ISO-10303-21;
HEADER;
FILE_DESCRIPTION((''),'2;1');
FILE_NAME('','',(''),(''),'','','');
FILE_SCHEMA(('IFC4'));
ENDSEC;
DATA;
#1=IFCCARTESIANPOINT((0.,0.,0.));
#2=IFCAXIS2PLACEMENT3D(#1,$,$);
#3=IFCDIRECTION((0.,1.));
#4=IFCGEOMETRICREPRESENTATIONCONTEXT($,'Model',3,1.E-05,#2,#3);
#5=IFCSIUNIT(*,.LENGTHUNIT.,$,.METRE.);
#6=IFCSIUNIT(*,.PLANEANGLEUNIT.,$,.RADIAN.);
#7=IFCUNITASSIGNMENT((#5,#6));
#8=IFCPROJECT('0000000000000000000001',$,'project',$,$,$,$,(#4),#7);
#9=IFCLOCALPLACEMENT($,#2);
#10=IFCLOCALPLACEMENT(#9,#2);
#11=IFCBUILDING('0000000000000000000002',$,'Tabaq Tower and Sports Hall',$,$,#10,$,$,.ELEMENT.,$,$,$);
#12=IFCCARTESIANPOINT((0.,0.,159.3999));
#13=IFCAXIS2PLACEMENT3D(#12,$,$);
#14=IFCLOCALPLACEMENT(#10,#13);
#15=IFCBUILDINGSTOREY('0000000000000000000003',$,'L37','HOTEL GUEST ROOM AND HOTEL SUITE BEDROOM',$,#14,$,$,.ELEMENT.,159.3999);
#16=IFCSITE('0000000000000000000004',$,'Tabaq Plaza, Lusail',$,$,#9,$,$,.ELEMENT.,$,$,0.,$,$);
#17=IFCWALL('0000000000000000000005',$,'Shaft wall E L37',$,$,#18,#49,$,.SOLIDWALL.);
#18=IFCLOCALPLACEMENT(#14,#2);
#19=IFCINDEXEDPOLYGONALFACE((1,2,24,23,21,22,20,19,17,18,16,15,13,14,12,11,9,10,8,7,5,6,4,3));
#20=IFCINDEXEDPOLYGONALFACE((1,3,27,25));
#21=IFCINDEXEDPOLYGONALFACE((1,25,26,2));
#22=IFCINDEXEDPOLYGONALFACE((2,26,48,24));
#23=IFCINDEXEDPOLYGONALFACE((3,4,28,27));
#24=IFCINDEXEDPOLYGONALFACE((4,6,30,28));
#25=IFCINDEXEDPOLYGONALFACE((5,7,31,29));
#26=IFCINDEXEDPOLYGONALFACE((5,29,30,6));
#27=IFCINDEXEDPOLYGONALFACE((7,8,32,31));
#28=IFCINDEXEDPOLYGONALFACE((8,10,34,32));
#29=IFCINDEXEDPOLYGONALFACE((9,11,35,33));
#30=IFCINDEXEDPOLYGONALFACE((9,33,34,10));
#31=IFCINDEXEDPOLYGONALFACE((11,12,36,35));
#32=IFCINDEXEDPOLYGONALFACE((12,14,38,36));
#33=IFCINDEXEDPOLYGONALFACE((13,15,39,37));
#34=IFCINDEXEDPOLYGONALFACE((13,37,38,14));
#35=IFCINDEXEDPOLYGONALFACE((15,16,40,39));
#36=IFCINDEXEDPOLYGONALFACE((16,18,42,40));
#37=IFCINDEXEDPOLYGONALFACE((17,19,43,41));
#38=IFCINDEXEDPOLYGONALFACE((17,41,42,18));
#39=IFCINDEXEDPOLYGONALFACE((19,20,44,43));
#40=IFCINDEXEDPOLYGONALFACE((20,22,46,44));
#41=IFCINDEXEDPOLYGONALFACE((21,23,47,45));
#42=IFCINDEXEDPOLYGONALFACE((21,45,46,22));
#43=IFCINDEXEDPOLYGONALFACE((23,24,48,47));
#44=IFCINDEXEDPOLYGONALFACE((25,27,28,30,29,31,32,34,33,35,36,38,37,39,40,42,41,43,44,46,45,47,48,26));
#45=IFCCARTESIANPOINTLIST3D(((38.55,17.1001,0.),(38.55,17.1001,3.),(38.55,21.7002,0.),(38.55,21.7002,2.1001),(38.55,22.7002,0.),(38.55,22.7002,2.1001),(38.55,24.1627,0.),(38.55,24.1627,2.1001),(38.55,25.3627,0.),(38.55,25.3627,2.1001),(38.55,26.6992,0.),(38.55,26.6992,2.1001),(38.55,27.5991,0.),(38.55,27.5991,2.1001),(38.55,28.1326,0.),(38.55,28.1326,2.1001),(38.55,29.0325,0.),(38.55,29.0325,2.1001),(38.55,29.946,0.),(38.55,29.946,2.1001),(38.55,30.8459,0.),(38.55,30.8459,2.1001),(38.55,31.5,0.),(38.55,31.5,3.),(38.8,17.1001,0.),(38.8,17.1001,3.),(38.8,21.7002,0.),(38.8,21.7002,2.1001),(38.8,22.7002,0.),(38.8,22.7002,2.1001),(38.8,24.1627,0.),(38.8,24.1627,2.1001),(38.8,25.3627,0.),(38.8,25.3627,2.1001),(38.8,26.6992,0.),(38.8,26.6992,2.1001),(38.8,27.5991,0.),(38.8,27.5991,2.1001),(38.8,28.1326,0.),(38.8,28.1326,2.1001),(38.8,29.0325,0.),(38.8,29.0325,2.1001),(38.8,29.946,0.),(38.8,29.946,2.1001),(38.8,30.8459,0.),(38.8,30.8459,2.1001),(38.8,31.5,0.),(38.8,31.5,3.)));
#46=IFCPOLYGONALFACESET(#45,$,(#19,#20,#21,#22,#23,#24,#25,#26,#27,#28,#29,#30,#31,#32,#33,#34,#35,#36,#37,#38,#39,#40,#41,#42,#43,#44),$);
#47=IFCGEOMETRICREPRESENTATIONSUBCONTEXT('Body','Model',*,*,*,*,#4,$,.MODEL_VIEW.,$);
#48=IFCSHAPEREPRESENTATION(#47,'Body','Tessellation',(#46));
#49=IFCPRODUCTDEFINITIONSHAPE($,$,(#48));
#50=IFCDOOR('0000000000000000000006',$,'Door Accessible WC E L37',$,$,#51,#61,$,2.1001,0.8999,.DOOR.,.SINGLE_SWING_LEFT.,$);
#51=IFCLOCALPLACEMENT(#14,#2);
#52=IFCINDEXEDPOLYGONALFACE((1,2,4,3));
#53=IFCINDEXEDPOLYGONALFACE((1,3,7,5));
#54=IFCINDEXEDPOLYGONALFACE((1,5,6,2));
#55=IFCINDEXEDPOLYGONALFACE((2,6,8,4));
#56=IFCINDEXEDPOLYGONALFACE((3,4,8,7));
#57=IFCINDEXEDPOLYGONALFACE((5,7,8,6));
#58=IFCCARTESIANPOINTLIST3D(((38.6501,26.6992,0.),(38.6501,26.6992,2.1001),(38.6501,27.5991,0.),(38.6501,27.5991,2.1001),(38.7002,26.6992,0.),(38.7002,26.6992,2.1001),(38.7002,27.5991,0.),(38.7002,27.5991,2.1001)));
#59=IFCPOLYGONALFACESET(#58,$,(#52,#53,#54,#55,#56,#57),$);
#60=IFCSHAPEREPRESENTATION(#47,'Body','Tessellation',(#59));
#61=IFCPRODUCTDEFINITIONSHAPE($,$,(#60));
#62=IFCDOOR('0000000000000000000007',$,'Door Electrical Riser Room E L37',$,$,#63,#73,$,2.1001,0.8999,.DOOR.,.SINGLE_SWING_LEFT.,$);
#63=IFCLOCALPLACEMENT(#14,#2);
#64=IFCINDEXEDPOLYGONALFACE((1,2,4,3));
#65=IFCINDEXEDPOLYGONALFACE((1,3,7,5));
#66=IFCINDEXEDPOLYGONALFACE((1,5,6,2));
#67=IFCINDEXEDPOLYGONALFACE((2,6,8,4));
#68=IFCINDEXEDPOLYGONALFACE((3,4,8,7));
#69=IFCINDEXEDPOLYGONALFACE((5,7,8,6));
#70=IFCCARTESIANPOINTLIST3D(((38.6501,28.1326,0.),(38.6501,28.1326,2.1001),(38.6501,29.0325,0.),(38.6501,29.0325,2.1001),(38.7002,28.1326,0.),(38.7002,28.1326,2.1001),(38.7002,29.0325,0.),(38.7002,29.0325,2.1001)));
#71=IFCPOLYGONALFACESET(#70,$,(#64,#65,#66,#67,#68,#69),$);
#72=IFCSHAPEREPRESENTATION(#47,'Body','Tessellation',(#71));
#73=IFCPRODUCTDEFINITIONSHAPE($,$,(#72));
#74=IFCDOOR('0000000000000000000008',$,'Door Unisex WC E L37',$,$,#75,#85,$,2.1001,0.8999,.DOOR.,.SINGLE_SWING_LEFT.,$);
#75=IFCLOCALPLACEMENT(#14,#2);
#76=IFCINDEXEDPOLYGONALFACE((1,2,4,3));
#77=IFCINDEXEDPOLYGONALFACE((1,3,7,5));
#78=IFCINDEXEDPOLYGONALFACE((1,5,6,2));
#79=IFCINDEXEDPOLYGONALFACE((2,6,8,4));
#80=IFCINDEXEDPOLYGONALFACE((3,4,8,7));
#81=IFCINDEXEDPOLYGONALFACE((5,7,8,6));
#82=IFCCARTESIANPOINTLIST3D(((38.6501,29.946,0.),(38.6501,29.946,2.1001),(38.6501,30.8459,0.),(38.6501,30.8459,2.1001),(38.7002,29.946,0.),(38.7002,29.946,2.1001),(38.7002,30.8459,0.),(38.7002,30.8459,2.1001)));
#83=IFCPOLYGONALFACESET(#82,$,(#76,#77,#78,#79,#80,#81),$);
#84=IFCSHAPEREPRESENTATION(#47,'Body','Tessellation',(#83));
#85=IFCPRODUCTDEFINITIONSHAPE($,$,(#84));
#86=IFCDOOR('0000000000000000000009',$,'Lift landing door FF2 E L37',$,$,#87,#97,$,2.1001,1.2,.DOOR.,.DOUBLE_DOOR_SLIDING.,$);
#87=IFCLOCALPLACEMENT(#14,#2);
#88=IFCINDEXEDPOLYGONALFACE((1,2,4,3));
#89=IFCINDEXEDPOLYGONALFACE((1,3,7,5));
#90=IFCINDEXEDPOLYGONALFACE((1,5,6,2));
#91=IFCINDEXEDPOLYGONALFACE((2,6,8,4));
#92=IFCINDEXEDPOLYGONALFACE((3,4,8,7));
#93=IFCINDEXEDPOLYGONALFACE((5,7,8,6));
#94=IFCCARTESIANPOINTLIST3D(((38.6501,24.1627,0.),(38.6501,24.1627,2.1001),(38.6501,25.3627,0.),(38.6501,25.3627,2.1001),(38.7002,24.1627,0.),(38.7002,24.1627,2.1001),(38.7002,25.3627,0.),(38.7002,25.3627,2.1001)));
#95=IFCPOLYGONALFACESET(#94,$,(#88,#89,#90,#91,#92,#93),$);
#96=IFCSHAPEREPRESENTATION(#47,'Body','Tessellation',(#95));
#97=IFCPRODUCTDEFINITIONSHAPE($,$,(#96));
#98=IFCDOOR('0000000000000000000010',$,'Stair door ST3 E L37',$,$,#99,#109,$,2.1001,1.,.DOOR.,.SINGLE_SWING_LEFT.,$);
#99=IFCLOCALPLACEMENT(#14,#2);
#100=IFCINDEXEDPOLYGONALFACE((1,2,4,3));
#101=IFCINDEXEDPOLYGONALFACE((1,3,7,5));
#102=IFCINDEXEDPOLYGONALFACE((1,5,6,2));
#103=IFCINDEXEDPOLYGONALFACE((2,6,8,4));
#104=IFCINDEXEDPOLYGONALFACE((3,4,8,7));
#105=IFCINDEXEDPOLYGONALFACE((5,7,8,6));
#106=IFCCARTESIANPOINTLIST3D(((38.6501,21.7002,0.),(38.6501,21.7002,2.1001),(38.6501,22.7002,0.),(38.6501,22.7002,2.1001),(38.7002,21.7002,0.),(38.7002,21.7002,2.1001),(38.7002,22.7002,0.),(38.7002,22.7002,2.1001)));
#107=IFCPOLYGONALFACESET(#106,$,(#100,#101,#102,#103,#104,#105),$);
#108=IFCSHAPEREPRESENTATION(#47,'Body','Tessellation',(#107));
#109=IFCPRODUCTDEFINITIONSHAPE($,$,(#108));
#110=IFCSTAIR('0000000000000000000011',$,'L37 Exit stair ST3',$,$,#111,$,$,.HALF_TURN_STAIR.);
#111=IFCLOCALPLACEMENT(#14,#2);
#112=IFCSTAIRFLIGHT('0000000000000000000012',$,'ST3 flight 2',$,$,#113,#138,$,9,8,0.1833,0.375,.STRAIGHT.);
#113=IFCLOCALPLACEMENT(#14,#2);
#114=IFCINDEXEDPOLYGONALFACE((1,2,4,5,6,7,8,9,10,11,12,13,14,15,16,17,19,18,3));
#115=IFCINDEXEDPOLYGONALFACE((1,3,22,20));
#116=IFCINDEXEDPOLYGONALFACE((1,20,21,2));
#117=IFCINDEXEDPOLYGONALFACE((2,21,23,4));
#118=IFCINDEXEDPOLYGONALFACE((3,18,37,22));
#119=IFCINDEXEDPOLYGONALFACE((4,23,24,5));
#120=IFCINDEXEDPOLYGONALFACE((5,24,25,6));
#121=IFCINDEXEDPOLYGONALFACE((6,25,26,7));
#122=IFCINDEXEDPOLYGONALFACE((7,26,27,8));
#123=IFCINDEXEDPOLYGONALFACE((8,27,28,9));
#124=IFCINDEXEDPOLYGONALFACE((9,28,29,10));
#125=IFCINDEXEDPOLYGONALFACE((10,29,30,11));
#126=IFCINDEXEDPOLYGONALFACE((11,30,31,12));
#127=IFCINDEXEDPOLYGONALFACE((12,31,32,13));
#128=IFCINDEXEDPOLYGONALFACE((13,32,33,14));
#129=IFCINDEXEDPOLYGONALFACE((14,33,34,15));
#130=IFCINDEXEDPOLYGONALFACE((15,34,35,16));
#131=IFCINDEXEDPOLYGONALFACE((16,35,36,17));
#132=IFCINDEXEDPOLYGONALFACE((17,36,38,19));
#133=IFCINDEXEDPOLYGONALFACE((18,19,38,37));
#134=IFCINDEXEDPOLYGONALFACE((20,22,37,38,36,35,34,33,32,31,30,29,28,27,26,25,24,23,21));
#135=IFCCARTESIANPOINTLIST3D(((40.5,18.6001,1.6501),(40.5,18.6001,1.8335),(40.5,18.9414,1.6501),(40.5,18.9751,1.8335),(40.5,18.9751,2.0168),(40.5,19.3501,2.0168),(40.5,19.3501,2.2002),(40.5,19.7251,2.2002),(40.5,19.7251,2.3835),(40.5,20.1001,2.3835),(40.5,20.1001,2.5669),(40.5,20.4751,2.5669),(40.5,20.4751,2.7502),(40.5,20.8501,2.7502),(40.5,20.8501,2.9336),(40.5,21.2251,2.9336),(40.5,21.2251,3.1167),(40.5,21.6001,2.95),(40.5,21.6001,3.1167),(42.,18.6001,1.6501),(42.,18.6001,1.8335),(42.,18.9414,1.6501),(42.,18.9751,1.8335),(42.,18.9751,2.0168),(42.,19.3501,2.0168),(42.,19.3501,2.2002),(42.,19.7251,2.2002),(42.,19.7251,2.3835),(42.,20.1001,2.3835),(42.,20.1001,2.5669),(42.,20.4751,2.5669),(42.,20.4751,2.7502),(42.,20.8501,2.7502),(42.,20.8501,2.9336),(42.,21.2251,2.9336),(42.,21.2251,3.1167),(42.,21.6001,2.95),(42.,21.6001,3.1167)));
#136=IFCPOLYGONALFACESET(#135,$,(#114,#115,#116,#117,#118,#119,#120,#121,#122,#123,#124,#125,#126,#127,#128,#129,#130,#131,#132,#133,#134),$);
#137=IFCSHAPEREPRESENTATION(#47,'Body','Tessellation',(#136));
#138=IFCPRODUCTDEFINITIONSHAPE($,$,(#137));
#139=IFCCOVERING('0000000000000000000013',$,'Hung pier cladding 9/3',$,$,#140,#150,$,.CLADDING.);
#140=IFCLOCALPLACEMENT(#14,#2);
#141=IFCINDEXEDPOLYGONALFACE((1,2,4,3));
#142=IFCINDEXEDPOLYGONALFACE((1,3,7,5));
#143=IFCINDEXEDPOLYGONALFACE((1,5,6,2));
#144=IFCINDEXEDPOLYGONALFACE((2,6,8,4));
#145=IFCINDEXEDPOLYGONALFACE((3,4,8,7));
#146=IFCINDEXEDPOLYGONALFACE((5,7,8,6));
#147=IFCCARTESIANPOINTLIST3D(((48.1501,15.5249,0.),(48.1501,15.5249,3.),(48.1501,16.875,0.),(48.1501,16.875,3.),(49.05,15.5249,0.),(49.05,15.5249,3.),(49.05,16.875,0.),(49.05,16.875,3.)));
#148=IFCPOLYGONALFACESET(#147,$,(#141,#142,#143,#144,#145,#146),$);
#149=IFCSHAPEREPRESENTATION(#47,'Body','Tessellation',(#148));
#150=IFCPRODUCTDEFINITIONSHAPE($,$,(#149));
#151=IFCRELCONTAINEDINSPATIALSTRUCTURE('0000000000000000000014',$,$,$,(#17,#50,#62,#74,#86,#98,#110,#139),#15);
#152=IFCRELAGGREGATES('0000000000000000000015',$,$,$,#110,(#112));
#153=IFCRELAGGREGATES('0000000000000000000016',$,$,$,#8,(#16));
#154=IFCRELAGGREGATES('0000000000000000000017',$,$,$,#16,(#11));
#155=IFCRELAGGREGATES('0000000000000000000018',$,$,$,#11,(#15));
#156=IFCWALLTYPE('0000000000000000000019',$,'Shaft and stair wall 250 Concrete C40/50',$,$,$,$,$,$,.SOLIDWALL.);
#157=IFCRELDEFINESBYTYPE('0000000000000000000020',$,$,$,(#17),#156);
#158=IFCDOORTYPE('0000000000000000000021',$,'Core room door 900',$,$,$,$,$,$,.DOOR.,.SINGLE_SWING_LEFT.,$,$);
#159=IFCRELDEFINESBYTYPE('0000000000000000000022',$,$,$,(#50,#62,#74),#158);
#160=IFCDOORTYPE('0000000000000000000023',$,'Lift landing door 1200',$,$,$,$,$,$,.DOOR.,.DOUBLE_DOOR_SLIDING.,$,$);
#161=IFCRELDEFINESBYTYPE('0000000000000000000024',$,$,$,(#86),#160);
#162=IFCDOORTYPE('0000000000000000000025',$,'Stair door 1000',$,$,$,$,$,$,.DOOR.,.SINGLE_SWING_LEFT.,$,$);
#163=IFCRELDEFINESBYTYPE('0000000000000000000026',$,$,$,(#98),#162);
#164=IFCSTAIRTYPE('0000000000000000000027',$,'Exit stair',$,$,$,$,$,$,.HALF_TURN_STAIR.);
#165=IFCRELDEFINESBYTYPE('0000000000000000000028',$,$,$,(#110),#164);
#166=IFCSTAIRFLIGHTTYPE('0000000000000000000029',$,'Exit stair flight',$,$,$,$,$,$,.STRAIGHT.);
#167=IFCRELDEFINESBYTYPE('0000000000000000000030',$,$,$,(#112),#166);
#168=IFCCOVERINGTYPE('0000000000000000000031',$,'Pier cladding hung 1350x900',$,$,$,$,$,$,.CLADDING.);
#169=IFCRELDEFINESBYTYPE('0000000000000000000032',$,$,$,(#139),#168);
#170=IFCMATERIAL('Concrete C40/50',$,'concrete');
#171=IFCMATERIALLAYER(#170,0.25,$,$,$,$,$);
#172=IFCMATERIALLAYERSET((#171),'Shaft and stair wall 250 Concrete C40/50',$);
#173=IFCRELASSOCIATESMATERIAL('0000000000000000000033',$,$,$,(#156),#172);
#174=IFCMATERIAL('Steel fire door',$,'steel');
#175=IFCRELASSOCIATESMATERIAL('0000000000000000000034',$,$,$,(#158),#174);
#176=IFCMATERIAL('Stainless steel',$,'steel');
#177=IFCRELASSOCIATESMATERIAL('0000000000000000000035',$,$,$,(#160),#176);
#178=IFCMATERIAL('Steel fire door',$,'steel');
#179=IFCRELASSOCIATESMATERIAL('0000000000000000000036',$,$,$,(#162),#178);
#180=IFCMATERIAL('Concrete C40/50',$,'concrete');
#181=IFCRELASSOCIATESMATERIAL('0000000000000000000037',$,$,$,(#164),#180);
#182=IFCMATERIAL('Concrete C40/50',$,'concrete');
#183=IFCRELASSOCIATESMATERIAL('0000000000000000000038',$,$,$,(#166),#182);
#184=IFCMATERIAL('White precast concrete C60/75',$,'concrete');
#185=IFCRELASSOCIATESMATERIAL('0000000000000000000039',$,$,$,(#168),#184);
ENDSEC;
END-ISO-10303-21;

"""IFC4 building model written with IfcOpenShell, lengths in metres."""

from ifc_helpers import new_model, si_unit, direction, frame, frame_2d, origin, place, context, subcontext, project, spatial, polyline, rectangle, outline, extrude, material, layer, layer_set, type_object, element, fill, aggregate, save


model = new_model("IFC4")

# Units and contexts
model_context = context("Model", 3, precision=1e-05, world=origin(), true_north=direction((0.0, 1.0)))
body_context = subcontext(model_context, "Body", "Model", "MODEL_VIEW")
ifc_project = project(units=[si_unit("LENGTHUNIT", "METRE"), si_unit("PLANEANGLEUNIT", "RADIAN")], contexts=[model_context])

# Site, building, storey
site_placement = place(None, origin())
site = spatial("IfcSite", under=ifc_project, at=site_placement, Name="Tabaq Plaza, Lusail", CompositionType="ELEMENT", RefElevation=0.0)
building_placement = place(site_placement, origin())
building = spatial("IfcBuilding", under=site, at=building_placement, Name="Tabaq Tower and Sports Hall", CompositionType="ELEMENT")
storey_placement = place(building_placement, frame((0.0, 0.0, 159.3999)))
storey = spatial("IfcBuildingStorey", under=building, at=storey_placement, Name="L37", Description="HOTEL GUEST ROOM AND HOTEL SUITE BEDROOM", CompositionType="ELEMENT", Elevation=159.3999)

# Wall, openings, doors
ifc_material_1 = material(Name="Concrete C40/50", Category="concrete")
ifc_layer_1 = layer(ifc_material_1, 0.25)
ifc_layer_set_1 = layer_set([ifc_layer_1], Name="Shaft and stair wall 250 Concrete C40/50")
wall_type_1 = type_object("IfcWallType", Name="Shaft and stair wall 250 Concrete C40/50", PredefinedType="SOLIDWALL", material=ifc_layer_set_1)
wall_1_placement = place(storey_placement, frame((38.675, 17.1001, 0.0), z_axis=(0.0, 0.0, 1.0), x_axis=(0.0, 1.0, 0.0)))
wall_1 = element("IfcWall", 1, at=wall_1_placement, inside=storey, type_object=wall_type_1, Name="Shaft wall E L37", PredefinedType="SOLIDWALL", context=body_context, shape_type="SweptSolid", body=[
    extrude(rectangle(XDim=14.3999, YDim=0.25, at=frame_2d((7.2, 0.0))), origin(), (0.0, 0.0, 1.0), 3.0),
])
opening_1_placement = place(wall_1_placement, frame((4.6001, 0.0, 0.0)))
opening_1 = element("IfcOpeningElement", 2, at=opening_1_placement, cuts=wall_1, PredefinedType="OPENING", context=body_context, shape_type="SweptSolid", body=[
    extrude(rectangle(XDim=1.0, YDim=2.1001, at=frame_2d((0.5, 1.05))), frame((0.0, 0.125, 0.0), z_axis=(0.0, -1.0, 0.0), x_axis=(1.0, 0.0, 0.0)), (0.0, 0.0, 1.0), 0.25),
])
opening_2_placement = place(wall_1_placement, frame((7.0625, 0.0, 0.0)))
opening_2 = element("IfcOpeningElement", 3, at=opening_2_placement, cuts=wall_1, PredefinedType="OPENING", context=body_context, shape_type="SweptSolid", body=[
    extrude(rectangle(XDim=1.2, YDim=2.1001, at=frame_2d((0.6001, 1.05))), frame((0.0, 0.125, 0.0), z_axis=(0.0, -1.0, 0.0), x_axis=(1.0, 0.0, 0.0)), (0.0, 0.0, 1.0), 0.25),
])
opening_3_placement = place(wall_1_placement, frame((9.5991, 0.0, 0.0)))
opening_3 = element("IfcOpeningElement", 4, at=opening_3_placement, cuts=wall_1, PredefinedType="OPENING", context=body_context, shape_type="SweptSolid", body=[
    extrude(rectangle(XDim=0.8999, YDim=2.1001, at=frame_2d((0.45, 1.05))), frame((0.0, 0.125, 0.0), z_axis=(0.0, -1.0, 0.0), x_axis=(1.0, 0.0, 0.0)), (0.0, 0.0, 1.0), 0.25),
])
opening_4_placement = place(wall_1_placement, frame((11.0325, 0.0, 0.0)))
opening_4 = element("IfcOpeningElement", 5, at=opening_4_placement, cuts=wall_1, PredefinedType="OPENING", context=body_context, shape_type="SweptSolid", body=[
    extrude(rectangle(XDim=0.8999, YDim=2.1001, at=frame_2d((0.45, 1.05))), frame((0.0, 0.125, 0.0), z_axis=(0.0, -1.0, 0.0), x_axis=(1.0, 0.0, 0.0)), (0.0, 0.0, 1.0), 0.25),
])
opening_5_placement = place(wall_1_placement, frame((12.8459, 0.0, 0.0)))
opening_5 = element("IfcOpeningElement", 6, at=opening_5_placement, cuts=wall_1, PredefinedType="OPENING", context=body_context, shape_type="SweptSolid", body=[
    extrude(rectangle(XDim=0.8999, YDim=2.1001, at=frame_2d((0.45, 1.05))), frame((0.0, 0.125, 0.0), z_axis=(0.0, -1.0, 0.0), x_axis=(1.0, 0.0, 0.0)), (0.0, 0.0, 1.0), 0.25),
])
ifc_material_2 = material(Name="Steel fire door", Category="steel")
door_type_1 = type_object("IfcDoorType", Name="Core room door 900", OperationType="SINGLE_SWING_LEFT", PredefinedType="DOOR", material=ifc_material_2)
door_1_placement = place(opening_3_placement, origin())
door_1 = element("IfcDoor", 7, at=door_1_placement, inside=storey, type_object=door_type_1, Name="Door Accessible WC E L37", OperationType="SINGLE_SWING_LEFT", OverallHeight=2.1001, OverallWidth=0.8999, PredefinedType="DOOR", context=body_context, shape_type="SweptSolid", body=[
    extrude(rectangle(XDim=0.8999, YDim=2.1001, at=frame_2d((0.45, 1.05))), frame((0.0, 0.0249, 0.0), z_axis=(0.0, -1.0, 0.0), x_axis=(1.0, 0.0, 0.0)), (0.0, 0.0, 1.0), 0.05),
])
fill(opening_3, door_1)
door_2_placement = place(opening_4_placement, origin())
door_2 = element("IfcDoor", 8, at=door_2_placement, inside=storey, type_object=door_type_1, Name="Door Electrical Riser Room E L37", OperationType="SINGLE_SWING_LEFT", OverallHeight=2.1001, OverallWidth=0.8999, PredefinedType="DOOR", context=body_context, shape_type="SweptSolid", body=[
    extrude(rectangle(XDim=0.8999, YDim=2.1001, at=frame_2d((0.45, 1.05))), frame((0.0, 0.0249, 0.0), z_axis=(0.0, -1.0, 0.0), x_axis=(1.0, 0.0, 0.0)), (0.0, 0.0, 1.0), 0.05),
])
fill(opening_4, door_2)
door_3_placement = place(opening_5_placement, origin())
door_3 = element("IfcDoor", 9, at=door_3_placement, inside=storey, type_object=door_type_1, Name="Door Unisex WC E L37", OperationType="SINGLE_SWING_LEFT", OverallHeight=2.1001, OverallWidth=0.8999, PredefinedType="DOOR", context=body_context, shape_type="SweptSolid", body=[
    extrude(rectangle(XDim=0.8999, YDim=2.1001, at=frame_2d((0.45, 1.05))), frame((0.0, 0.0249, 0.0), z_axis=(0.0, -1.0, 0.0), x_axis=(1.0, 0.0, 0.0)), (0.0, 0.0, 1.0), 0.05),
])
fill(opening_5, door_3)
ifc_material_3 = material(Name="Stainless steel", Category="steel")
door_type_2 = type_object("IfcDoorType", Name="Lift landing door 1200", OperationType="DOUBLE_DOOR_SLIDING", PredefinedType="DOOR", material=ifc_material_3)
door_4_placement = place(opening_2_placement, origin())
door_4 = element("IfcDoor", 10, at=door_4_placement, inside=storey, type_object=door_type_2, Name="Lift landing door FF2 E L37", OperationType="DOUBLE_DOOR_SLIDING", OverallHeight=2.1001, OverallWidth=1.2, PredefinedType="DOOR", context=body_context, shape_type="SweptSolid", body=[
    extrude(rectangle(XDim=1.2, YDim=2.1001, at=frame_2d((0.6001, 1.05))), frame((0.0, 0.0249, 0.0), z_axis=(0.0, -1.0, 0.0), x_axis=(1.0, 0.0, 0.0)), (0.0, 0.0, 1.0), 0.05),
])
fill(opening_2, door_4)
ifc_material_4 = material(Name="Steel fire door", Category="steel")
door_type_3 = type_object("IfcDoorType", Name="Stair door 1000", OperationType="SINGLE_SWING_LEFT", PredefinedType="DOOR", material=ifc_material_4)
door_5_placement = place(opening_1_placement, origin())
door_5 = element("IfcDoor", 11, at=door_5_placement, inside=storey, type_object=door_type_3, Name="Stair door ST3 E L37", OperationType="SINGLE_SWING_LEFT", OverallHeight=2.1001, OverallWidth=1.0, PredefinedType="DOOR", context=body_context, shape_type="SweptSolid", body=[
    extrude(rectangle(XDim=1.0, YDim=2.1001, at=frame_2d((0.5, 1.05))), frame((0.0, 0.0249, 0.0), z_axis=(0.0, -1.0, 0.0), x_axis=(1.0, 0.0, 0.0)), (0.0, 0.0, 1.0), 0.05),
])
fill(opening_1, door_5)

# Stair, stair flight
ifc_material_5 = material(Name="Concrete C40/50", Category="concrete")
stair_type = type_object("IfcStairType", Name="Exit stair", PredefinedType="HALF_TURN_STAIR", material=ifc_material_5)
stair_placement = place(storey_placement, origin())
stair = element("IfcStair", 12, at=stair_placement, inside=storey, type_object=stair_type, Name="L37 Exit stair ST3", PredefinedType="HALF_TURN_STAIR")
ifc_material_6 = material(Name="Concrete C40/50", Category="concrete")
stair_flight_type = type_object("IfcStairFlightType", Name="Exit stair flight", PredefinedType="STRAIGHT", material=ifc_material_6)
stair_flight_placement = place(storey_placement, frame((41.25, 18.6001, 1.6501), z_axis=(0.0, 0.0, 1.0), x_axis=(0.0, 1.0, 0.0)))
stair_flight = element("IfcStairFlight", 13, at=stair_flight_placement, type_object=stair_flight_type, Name="ST3 flight 2", NumberOfRisers=9, NumberOfTreads=8, PredefinedType="STRAIGHT", RiserHeight=0.1833, TreadLength=0.375, context=body_context, shape_type="SweptSolid", body=[
    extrude(outline(polyline([(0.0, 0.0), (0.0, 0.1833), (0.375, 0.1833), (0.375, 0.3667), (0.75, 0.3667), (0.75, 0.55), (1.125, 0.55), (1.125, 0.7334), (1.5, 0.7334), (1.5, 0.9167), (1.875, 0.9167), (1.875, 1.1001), (2.25, 1.1001), (2.25, 1.2834), (2.625, 1.2834), (2.625, 1.4666), (3.0, 1.4666), (3.0, 1.6499), (3.0, 1.2998), (0.3413, 0.0), (0.0, 0.0)])), frame((0.0, 0.75, 0.0), z_axis=(0.0, -1.0, 0.0), x_axis=(1.0, 0.0, 0.0)), (0.0, 0.0, 1.0), 1.5),
])
aggregate(stair, [stair_flight])

# Covering
ifc_material_7 = material(Name="White precast concrete C60/75", Category="concrete")
covering_type_1 = type_object("IfcCoveringType", Name="Pier cladding hung 1350x900", PredefinedType="CLADDING", material=ifc_material_7)
covering_1_placement = place(storey_placement, frame((48.6001, 15.5249, 0.0), z_axis=(0.0, 0.0, 1.0), x_axis=(0.0, 1.0, 0.0)))
element("IfcCovering", 14, at=covering_1_placement, inside=storey, type_object=covering_type_1, Name="Hung pier cladding 9/3", PredefinedType="CLADDING", context=body_context, shape_type="SweptSolid", body=[
    extrude(rectangle(XDim=1.3501, YDim=0.8999, at=frame_2d((0.675, 0.0))), origin(), (0.0, 0.0, 1.0), 3.0),
])

save(model, "model.ifc")
